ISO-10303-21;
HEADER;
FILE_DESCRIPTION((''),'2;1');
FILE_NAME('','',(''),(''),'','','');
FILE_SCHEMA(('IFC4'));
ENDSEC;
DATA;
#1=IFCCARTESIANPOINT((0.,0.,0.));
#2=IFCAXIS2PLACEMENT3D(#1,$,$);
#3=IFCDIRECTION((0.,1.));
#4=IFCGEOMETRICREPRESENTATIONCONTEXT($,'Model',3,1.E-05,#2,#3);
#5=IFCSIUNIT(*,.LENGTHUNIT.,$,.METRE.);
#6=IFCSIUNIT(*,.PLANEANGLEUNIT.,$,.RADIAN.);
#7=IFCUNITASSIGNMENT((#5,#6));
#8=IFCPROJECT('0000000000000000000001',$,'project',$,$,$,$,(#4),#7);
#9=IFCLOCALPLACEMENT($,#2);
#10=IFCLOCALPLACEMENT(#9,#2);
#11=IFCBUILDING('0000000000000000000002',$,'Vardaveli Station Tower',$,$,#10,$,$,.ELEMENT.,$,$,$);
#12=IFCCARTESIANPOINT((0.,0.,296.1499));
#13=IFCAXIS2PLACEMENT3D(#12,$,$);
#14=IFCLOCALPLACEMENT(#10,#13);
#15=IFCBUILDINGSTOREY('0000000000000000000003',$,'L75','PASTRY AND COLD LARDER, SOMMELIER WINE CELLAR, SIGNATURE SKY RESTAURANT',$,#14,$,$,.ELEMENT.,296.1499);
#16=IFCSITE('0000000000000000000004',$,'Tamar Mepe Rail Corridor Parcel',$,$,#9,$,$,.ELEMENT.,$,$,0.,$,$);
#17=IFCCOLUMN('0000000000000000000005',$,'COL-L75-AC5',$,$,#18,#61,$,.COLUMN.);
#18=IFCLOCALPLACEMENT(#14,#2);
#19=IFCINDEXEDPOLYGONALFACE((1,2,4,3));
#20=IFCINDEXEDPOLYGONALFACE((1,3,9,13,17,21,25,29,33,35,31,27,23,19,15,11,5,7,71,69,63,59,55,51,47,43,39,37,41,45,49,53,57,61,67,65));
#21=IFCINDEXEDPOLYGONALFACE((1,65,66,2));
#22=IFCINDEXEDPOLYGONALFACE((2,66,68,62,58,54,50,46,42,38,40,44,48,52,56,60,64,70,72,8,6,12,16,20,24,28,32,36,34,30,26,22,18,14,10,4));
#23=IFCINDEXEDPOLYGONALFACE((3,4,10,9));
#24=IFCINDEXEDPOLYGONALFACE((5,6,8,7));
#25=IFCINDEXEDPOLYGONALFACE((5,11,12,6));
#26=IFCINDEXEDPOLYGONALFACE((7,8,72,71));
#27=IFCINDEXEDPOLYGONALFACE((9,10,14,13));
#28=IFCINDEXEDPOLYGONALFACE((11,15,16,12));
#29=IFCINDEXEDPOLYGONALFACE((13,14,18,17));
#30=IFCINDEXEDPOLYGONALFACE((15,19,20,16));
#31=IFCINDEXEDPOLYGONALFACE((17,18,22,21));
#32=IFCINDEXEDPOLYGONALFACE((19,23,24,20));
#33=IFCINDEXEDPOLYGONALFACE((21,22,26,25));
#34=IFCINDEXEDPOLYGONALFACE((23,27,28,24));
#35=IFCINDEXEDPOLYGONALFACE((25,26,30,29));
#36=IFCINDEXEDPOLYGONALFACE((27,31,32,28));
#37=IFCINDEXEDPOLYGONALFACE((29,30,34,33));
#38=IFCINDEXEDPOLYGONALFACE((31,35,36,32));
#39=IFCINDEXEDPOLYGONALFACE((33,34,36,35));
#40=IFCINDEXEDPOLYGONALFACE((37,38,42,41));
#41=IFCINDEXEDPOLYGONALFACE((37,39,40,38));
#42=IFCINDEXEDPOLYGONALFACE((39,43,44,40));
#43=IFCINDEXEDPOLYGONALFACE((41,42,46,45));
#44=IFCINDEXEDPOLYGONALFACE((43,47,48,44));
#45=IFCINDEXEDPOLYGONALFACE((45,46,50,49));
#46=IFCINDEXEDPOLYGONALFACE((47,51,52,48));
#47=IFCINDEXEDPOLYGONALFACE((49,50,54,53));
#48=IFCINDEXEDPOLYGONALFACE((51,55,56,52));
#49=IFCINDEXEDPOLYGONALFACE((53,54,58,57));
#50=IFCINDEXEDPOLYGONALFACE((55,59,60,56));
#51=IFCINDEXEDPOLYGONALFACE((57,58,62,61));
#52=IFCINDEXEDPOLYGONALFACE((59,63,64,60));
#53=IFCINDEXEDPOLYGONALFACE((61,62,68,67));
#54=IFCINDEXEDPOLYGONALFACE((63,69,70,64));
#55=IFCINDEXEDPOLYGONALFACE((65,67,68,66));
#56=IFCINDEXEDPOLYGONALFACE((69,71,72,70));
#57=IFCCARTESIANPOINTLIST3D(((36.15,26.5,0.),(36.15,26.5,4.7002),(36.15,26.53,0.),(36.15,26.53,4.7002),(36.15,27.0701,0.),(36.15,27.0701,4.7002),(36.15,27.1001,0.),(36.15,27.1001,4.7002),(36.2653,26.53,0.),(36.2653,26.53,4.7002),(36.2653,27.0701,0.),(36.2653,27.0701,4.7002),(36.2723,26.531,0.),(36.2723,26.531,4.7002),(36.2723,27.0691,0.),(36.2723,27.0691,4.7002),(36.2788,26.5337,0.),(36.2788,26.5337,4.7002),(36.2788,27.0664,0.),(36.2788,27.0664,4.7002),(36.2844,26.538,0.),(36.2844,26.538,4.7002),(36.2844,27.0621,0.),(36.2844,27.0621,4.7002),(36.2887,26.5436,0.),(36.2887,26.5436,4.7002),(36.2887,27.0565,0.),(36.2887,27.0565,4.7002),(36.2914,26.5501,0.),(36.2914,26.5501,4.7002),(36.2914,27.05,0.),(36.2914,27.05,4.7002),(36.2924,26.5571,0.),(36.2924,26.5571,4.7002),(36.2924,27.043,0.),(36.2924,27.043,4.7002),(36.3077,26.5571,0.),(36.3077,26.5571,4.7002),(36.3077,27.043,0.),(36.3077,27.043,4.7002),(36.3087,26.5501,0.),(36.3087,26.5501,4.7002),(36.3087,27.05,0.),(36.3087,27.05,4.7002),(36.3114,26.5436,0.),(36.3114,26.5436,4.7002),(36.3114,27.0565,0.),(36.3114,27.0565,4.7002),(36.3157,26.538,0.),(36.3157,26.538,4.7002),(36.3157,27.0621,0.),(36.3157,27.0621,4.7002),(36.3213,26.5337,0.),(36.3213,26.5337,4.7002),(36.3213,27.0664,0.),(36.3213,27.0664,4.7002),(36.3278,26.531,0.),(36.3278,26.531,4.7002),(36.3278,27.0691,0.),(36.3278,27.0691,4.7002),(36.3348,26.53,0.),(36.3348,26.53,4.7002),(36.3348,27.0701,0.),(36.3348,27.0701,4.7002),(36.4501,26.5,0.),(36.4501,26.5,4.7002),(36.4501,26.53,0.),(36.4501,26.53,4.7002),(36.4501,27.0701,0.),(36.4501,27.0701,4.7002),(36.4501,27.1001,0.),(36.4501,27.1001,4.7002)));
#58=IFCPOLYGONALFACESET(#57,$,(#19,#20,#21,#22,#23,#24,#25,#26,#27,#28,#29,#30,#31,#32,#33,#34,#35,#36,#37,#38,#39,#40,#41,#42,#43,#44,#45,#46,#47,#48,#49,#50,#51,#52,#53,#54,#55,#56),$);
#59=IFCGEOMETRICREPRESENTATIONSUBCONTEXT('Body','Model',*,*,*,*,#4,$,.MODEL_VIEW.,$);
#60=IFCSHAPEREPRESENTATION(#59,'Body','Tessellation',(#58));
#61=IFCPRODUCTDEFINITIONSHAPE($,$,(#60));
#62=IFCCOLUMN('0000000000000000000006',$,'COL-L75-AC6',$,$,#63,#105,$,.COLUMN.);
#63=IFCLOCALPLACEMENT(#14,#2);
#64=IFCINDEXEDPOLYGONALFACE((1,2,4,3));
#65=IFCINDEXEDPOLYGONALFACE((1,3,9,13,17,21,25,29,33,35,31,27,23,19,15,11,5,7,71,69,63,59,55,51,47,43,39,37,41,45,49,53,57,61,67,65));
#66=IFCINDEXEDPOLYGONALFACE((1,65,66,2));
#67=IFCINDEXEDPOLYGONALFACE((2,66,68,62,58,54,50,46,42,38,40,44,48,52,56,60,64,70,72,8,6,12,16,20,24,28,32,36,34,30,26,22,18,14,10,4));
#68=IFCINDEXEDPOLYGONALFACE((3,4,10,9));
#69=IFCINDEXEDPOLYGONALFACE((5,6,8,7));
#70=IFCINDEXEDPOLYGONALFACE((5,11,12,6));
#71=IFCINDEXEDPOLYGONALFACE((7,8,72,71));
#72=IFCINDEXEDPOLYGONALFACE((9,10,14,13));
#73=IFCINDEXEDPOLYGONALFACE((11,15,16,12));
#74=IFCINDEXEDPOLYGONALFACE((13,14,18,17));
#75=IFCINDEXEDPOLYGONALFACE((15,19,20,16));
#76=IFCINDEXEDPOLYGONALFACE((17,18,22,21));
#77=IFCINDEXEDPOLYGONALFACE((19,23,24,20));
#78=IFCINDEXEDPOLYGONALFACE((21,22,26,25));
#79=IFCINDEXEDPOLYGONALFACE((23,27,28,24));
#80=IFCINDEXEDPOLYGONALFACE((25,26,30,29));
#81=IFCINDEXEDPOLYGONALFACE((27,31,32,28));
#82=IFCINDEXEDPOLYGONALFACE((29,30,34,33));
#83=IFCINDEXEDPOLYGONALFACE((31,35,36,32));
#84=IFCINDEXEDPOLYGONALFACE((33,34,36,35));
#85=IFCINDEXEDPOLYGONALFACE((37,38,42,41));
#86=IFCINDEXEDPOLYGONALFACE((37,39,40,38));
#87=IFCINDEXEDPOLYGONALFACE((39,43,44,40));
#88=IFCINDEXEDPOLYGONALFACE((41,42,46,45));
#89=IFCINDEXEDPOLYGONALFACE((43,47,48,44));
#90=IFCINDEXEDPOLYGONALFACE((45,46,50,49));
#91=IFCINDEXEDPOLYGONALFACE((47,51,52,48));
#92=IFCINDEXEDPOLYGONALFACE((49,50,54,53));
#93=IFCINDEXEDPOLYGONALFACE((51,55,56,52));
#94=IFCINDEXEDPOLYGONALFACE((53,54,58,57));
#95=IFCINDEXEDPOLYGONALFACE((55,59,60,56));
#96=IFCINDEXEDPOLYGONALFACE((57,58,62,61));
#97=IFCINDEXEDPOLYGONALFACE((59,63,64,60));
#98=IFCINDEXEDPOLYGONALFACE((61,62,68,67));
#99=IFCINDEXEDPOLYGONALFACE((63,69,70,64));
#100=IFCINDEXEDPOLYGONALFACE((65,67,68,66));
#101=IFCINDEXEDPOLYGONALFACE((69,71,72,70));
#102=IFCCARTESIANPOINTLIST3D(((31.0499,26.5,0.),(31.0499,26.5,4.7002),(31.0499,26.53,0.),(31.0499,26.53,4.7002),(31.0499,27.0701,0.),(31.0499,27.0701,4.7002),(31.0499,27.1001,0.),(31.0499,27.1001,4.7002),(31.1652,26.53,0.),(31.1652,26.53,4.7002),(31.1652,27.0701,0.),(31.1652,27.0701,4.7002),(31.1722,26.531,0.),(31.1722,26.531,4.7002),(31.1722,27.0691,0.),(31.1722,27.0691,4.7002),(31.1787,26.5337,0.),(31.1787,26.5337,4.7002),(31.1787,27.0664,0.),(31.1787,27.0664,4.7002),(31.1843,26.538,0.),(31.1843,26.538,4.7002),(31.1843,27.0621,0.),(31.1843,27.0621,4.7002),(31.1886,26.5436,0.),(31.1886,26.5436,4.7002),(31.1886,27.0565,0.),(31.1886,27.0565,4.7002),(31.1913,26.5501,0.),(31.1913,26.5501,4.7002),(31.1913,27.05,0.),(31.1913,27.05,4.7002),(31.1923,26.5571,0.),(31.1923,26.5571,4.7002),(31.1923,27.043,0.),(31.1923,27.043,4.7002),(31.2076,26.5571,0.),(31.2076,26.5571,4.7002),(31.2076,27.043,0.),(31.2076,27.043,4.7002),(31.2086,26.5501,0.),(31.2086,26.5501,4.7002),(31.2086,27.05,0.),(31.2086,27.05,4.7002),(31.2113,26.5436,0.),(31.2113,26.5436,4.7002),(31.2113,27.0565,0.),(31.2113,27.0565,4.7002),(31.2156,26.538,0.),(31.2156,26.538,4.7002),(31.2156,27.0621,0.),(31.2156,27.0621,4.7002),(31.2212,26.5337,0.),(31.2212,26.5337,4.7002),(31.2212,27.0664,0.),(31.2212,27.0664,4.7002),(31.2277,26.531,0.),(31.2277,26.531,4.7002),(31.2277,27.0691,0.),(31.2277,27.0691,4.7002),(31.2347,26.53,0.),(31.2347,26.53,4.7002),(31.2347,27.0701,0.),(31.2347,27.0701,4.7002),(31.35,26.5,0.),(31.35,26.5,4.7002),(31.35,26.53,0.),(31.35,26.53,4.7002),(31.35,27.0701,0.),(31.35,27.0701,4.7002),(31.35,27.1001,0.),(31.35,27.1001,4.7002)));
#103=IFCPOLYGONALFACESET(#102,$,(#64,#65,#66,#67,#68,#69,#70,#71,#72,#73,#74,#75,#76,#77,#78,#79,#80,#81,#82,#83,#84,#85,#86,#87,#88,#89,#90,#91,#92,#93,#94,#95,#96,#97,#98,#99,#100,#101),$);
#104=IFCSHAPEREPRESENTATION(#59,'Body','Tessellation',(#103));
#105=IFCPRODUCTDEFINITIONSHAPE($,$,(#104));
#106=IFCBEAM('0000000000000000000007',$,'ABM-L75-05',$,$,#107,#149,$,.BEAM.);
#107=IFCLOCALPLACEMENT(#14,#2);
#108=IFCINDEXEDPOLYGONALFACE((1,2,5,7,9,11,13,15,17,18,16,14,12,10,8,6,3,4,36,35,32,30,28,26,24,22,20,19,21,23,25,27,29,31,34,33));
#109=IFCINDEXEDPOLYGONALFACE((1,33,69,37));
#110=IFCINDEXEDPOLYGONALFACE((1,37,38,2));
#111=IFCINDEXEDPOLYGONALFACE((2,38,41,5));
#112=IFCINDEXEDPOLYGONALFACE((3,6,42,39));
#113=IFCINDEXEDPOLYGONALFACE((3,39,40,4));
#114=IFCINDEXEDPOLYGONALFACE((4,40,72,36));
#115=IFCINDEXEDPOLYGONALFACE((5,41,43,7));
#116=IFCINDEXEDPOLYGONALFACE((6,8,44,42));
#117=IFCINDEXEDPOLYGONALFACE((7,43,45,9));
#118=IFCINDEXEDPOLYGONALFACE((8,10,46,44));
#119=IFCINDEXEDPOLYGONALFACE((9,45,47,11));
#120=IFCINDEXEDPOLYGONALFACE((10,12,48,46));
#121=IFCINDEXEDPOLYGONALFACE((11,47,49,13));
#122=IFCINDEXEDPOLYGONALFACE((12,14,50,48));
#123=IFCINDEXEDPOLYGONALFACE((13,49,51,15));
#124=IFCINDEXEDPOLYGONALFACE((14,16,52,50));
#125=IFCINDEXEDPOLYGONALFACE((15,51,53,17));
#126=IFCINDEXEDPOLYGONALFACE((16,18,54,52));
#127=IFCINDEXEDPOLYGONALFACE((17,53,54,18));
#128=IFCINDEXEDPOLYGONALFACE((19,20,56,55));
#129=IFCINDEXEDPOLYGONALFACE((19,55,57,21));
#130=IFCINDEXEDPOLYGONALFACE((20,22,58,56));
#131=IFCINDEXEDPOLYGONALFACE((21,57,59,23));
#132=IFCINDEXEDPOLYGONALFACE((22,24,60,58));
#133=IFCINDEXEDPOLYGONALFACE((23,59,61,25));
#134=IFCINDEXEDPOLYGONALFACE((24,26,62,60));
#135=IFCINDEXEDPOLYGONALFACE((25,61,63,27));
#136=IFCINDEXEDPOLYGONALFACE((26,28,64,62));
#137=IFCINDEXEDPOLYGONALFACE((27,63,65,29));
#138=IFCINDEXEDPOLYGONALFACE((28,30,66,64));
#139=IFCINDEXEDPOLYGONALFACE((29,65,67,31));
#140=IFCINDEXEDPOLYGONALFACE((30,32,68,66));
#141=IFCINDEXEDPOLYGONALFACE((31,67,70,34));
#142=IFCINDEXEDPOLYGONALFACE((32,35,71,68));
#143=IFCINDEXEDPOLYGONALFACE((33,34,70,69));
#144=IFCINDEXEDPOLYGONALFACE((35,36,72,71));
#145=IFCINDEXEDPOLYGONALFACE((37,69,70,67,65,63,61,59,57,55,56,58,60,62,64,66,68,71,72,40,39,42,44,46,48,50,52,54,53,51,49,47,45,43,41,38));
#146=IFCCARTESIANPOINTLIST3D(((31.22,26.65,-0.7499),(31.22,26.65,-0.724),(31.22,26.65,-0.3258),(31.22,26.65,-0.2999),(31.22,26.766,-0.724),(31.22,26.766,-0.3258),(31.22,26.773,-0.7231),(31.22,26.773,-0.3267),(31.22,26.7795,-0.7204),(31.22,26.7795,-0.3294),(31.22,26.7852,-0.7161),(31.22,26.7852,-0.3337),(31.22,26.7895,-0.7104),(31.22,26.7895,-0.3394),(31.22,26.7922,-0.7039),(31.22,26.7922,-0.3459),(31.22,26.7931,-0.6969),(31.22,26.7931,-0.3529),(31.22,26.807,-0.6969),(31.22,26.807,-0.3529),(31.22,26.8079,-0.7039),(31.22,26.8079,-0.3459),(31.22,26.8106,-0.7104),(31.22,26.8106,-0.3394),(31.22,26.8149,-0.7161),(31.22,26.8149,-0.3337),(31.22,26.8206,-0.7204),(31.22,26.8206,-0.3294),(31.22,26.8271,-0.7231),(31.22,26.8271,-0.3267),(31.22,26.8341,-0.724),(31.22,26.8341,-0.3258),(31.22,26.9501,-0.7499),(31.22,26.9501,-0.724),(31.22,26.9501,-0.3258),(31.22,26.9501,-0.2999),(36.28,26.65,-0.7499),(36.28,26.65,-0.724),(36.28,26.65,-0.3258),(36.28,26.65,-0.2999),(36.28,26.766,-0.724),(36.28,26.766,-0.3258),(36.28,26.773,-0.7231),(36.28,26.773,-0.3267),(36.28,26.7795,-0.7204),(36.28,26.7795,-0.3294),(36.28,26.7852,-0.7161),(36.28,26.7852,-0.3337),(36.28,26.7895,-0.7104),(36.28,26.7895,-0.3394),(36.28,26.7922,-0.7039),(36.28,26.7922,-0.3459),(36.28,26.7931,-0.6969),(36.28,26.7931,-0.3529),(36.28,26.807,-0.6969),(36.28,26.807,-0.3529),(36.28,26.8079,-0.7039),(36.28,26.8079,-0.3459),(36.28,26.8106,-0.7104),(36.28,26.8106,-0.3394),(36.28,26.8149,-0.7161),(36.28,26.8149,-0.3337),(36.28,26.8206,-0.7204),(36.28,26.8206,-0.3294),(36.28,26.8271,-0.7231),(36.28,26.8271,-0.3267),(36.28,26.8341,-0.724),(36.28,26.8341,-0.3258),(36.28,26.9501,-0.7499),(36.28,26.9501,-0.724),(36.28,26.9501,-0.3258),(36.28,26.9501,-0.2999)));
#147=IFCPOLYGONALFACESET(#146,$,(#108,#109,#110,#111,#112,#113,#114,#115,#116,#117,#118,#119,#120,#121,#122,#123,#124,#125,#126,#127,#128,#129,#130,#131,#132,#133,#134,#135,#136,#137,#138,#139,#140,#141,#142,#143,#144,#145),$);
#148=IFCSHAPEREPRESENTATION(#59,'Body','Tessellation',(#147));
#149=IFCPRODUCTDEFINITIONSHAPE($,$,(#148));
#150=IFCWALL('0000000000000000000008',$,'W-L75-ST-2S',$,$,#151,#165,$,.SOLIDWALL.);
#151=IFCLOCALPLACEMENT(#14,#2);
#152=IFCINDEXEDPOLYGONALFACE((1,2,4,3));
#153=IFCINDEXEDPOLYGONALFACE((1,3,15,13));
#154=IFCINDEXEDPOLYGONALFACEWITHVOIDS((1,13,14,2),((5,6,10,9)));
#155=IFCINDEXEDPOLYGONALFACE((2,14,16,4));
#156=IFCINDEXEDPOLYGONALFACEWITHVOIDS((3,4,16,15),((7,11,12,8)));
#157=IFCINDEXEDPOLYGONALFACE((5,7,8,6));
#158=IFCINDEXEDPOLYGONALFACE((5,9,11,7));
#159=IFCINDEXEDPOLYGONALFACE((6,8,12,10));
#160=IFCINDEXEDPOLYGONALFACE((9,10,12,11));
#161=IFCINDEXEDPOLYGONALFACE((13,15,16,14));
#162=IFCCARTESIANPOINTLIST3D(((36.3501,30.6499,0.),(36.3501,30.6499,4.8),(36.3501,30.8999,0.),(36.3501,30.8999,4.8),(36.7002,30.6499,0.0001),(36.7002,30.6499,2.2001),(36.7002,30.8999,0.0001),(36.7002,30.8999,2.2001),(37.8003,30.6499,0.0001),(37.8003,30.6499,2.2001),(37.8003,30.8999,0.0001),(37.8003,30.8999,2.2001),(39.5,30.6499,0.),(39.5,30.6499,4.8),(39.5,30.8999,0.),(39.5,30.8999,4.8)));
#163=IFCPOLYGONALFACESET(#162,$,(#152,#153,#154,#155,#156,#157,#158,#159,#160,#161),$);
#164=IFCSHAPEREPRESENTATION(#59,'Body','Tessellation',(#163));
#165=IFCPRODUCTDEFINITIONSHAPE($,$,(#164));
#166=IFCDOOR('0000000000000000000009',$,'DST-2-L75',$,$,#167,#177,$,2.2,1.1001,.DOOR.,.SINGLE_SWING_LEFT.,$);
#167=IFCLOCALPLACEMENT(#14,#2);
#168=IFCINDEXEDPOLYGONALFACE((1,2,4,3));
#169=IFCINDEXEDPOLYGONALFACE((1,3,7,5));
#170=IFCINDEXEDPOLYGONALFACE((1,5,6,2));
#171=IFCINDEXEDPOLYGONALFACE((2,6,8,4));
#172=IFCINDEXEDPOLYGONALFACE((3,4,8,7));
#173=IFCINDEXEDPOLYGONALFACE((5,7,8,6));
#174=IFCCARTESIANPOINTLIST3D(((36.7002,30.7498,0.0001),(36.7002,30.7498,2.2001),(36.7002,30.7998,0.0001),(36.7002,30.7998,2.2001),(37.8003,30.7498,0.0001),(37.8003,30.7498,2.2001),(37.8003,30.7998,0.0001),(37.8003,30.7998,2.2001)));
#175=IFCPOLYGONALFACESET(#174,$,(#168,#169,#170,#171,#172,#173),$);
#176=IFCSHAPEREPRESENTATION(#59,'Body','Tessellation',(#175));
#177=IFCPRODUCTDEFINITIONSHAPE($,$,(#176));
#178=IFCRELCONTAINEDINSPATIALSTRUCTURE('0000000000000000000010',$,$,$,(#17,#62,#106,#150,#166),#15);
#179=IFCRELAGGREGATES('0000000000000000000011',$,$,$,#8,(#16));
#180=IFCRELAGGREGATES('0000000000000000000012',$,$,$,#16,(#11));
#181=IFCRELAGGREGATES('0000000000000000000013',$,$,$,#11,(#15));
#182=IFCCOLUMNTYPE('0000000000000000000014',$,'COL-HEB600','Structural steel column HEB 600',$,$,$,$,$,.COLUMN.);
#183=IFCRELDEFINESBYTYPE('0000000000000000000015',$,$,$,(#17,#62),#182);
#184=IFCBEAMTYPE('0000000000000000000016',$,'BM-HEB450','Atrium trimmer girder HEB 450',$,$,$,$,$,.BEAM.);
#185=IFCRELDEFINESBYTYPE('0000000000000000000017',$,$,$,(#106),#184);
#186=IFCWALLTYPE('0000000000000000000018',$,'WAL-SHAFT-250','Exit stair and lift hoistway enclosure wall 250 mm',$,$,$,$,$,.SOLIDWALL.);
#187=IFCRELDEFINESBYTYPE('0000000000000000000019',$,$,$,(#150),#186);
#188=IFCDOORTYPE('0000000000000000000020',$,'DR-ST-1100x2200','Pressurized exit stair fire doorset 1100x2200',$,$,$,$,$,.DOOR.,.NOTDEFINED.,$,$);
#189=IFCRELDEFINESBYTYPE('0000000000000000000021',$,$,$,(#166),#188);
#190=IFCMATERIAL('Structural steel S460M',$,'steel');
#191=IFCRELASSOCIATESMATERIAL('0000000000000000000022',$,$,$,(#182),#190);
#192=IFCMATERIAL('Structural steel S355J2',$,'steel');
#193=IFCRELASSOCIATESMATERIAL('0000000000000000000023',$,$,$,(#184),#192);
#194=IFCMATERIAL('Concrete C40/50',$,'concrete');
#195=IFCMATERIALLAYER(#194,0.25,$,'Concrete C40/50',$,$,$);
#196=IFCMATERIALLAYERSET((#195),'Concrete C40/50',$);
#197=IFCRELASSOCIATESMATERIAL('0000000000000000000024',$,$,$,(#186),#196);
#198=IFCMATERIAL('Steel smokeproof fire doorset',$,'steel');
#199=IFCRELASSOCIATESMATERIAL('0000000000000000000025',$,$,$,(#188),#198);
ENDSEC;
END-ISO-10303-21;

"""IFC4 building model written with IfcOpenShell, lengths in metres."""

from ifc_helpers import new_model, si_unit, direction, frame, frame_2d, origin, origin_2d, place, context, subcontext, project, spatial, rectangle, i_section, extrude, source, transform, mapped, material, layer, layer_set, material_profile, profile_set, type_object, element, fill, save


model = new_model("IFC4")

# Units and contexts
model_context = context("Model", 3, precision=1e-05, world=origin(), true_north=direction((0.0, 1.0)))
body_context = subcontext(model_context, "Body", "Model", "MODEL_VIEW")
ifc_project = project(units=[si_unit("LENGTHUNIT", "METRE"), si_unit("PLANEANGLEUNIT", "RADIAN")], contexts=[model_context])

# Site, building, storey
site_placement = place(None, origin())
site = spatial("IfcSite", under=ifc_project, at=site_placement, Name="Tamar Mepe Rail Corridor Parcel", CompositionType="ELEMENT", RefElevation=0.0)
building_placement = place(site_placement, origin())
building = spatial("IfcBuilding", under=site, at=building_placement, Name="Vardaveli Station Tower", CompositionType="ELEMENT")
storey_placement = place(building_placement, frame((0.0, 0.0, 296.1499)))
storey = spatial("IfcBuildingStorey", under=building, at=storey_placement, Name="L75", Description="PASTRY AND COLD LARDER, SOMMELIER WINE CELLAR, SIGNATURE SKY RESTAURANT", CompositionType="ELEMENT", Elevation=296.1499)

# Columns
ifc_material_1 = material(Name="Structural steel S460M", Category="steel")
ifc_material_profile_1 = material_profile(ifc_material_1, i_section(OverallWidth=0.3, OverallDepth=0.6001, WebThickness=0.0154, FlangeThickness=0.03, FilletRadius=0.0271, at=origin_2d()), Name="HEB 600")
ifc_profile_set_1 = profile_set([ifc_material_profile_1], Name="Structural steel S460M")
column_type = type_object("IfcColumnType", Name="COL-HEB600", Description="Structural steel column HEB 600", PredefinedType="COLUMN", material=ifc_profile_set_1)
shared_shape_1 = source(origin(), body_context, "Body", "SweptSolid", [
    extrude(i_section(OverallWidth=0.3, OverallDepth=0.6001, WebThickness=0.0154, FlangeThickness=0.03, FilletRadius=0.0271, at=origin_2d()), origin(), (0.0, 0.0, 1.0), 4.7002),
])
for number, where, z_axis, x_axis, name in (
    (1, (36.3, 26.8, 0.0), (0.0, 0.0, 1.0), (1.0, 0.0, 0.0), "COL-L75-AC5"),
    (2, (31.2, 26.8, 0.0), (0.0, 0.0, 1.0), (1.0, 0.0, 0.0), "COL-L75-AC6"),
):
    element("IfcColumn", number, at=place(storey_placement, frame(where, z_axis=z_axis, x_axis=x_axis)), inside=storey, type_object=column_type, Name=name, PredefinedType="COLUMN", context=body_context, shape_type="MappedRepresentation", body=[
        mapped(shared_shape_1, transform((0.0, 0.0, 0.0), scale=1.0)),
    ])

# Beam
ifc_material_2 = material(Name="Structural steel S355J2", Category="steel")
ifc_material_profile_2 = material_profile(ifc_material_2, i_section(OverallWidth=0.3, OverallDepth=0.45, WebThickness=0.0139, FlangeThickness=0.0259, FilletRadius=0.0271, at=origin_2d()), Name="HEB 450")
ifc_profile_set_2 = profile_set([ifc_material_profile_2], Name="Structural steel S355J2")
beam_type = type_object("IfcBeamType", Name="BM-HEB450", Description="Atrium trimmer girder HEB 450", PredefinedType="BEAM", material=ifc_profile_set_2)
shared_shape_2 = source(origin(), body_context, "Body", "SweptSolid", [
    extrude(i_section(OverallWidth=0.3, OverallDepth=0.45, WebThickness=0.0139, FlangeThickness=0.0259, FilletRadius=0.0271, at=origin_2d()), origin(), (0.0, 0.0, 1.0), 5.0601),
])
beam_placement = place(storey_placement, frame((36.28, 26.8, -0.5249), z_axis=(-1.0, 0.0, 0.0), x_axis=(0.0, -1.0, 0.0)))
element("IfcBeam", 3, at=beam_placement, inside=storey, type_object=beam_type, Name="ABM-L75-05", PredefinedType="BEAM", context=body_context, shape_type="MappedRepresentation", body=[
    mapped(shared_shape_2, transform((0.0, 0.0, 0.0), scale=1.0)),
])

# Wall, opening, door
ifc_material_3 = material(Name="Concrete C40/50", Category="concrete")
ifc_layer_1 = layer(ifc_material_3, 0.25, Name="Concrete C40/50")
ifc_layer_set_1 = layer_set([ifc_layer_1], Name="Concrete C40/50")
wall_type_1 = type_object("IfcWallType", Name="WAL-SHAFT-250", Description="Exit stair and lift hoistway enclosure wall 250 mm", PredefinedType="SOLIDWALL", material=ifc_layer_set_1)
shared_shape_3 = source(origin(), body_context, "Body", "SweptSolid", [
    extrude(rectangle(XDim=3.1499, YDim=0.25, at=frame_2d((1.575, 0.0))), origin(), (0.0, 0.0, 1.0), 4.8),
])
wall_1_placement = place(storey_placement, frame((36.3501, 30.7749, 0.0), z_axis=(0.0, 0.0, 1.0), x_axis=(1.0, 0.0, 0.0)))
wall_1 = element("IfcWall", 4, at=wall_1_placement, inside=storey, type_object=wall_type_1, Name="W-L75-ST-2S", PredefinedType="SOLIDWALL", context=body_context, shape_type="MappedRepresentation", body=[
    mapped(shared_shape_3, transform((0.0, 0.0, 0.0), scale=1.0)),
])
shared_shape_4 = source(origin(), body_context, "Body", "SweptSolid", [
    extrude(rectangle(XDim=1.1001, YDim=2.2, at=frame_2d((0.55, 1.1001))), frame((0.0, 0.135, 0.0), z_axis=(0.0, -1.0, 0.0), x_axis=(1.0, 0.0, 0.0)), (0.0, 0.0, 1.0), 0.27),
])
opening_1_placement = place(wall_1_placement, frame((0.3501, 0.0, 0.0)))
opening_1 = element("IfcOpeningElement", 5, at=opening_1_placement, cuts=wall_1, PredefinedType="OPENING", context=body_context, shape_type="MappedRepresentation", body=[
    mapped(shared_shape_4, transform((0.0, 0.0, 0.0), scale=1.0)),
])
ifc_material_4 = material(Name="Steel smokeproof fire doorset", Category="steel")
door_type_1 = type_object("IfcDoorType", Name="DR-ST-1100x2200", Description="Pressurized exit stair fire doorset 1100x2200", OperationType="NOTDEFINED", PredefinedType="DOOR", material=ifc_material_4)
shared_shape_5 = source(origin(), body_context, "Body", "SweptSolid", [
    extrude(rectangle(XDim=1.1001, YDim=2.2, at=frame_2d((0.55, 1.1001))), frame((0.0, 0.0249, 0.0), z_axis=(0.0, -1.0, 0.0), x_axis=(1.0, 0.0, 0.0)), (0.0, 0.0, 1.0), 0.05),
])
door_1_placement = place(opening_1_placement, origin())
door_1 = element("IfcDoor", 6, at=door_1_placement, inside=storey, type_object=door_type_1, Name="DST-2-L75", OperationType="SINGLE_SWING_LEFT", OverallHeight=2.2, OverallWidth=1.1001, PredefinedType="DOOR", context=body_context, shape_type="MappedRepresentation", body=[
    mapped(shared_shape_5, transform((0.0, 0.0, 0.0), scale=1.0)),
])
fill(opening_1, door_1)

save(model, "model.ifc")
